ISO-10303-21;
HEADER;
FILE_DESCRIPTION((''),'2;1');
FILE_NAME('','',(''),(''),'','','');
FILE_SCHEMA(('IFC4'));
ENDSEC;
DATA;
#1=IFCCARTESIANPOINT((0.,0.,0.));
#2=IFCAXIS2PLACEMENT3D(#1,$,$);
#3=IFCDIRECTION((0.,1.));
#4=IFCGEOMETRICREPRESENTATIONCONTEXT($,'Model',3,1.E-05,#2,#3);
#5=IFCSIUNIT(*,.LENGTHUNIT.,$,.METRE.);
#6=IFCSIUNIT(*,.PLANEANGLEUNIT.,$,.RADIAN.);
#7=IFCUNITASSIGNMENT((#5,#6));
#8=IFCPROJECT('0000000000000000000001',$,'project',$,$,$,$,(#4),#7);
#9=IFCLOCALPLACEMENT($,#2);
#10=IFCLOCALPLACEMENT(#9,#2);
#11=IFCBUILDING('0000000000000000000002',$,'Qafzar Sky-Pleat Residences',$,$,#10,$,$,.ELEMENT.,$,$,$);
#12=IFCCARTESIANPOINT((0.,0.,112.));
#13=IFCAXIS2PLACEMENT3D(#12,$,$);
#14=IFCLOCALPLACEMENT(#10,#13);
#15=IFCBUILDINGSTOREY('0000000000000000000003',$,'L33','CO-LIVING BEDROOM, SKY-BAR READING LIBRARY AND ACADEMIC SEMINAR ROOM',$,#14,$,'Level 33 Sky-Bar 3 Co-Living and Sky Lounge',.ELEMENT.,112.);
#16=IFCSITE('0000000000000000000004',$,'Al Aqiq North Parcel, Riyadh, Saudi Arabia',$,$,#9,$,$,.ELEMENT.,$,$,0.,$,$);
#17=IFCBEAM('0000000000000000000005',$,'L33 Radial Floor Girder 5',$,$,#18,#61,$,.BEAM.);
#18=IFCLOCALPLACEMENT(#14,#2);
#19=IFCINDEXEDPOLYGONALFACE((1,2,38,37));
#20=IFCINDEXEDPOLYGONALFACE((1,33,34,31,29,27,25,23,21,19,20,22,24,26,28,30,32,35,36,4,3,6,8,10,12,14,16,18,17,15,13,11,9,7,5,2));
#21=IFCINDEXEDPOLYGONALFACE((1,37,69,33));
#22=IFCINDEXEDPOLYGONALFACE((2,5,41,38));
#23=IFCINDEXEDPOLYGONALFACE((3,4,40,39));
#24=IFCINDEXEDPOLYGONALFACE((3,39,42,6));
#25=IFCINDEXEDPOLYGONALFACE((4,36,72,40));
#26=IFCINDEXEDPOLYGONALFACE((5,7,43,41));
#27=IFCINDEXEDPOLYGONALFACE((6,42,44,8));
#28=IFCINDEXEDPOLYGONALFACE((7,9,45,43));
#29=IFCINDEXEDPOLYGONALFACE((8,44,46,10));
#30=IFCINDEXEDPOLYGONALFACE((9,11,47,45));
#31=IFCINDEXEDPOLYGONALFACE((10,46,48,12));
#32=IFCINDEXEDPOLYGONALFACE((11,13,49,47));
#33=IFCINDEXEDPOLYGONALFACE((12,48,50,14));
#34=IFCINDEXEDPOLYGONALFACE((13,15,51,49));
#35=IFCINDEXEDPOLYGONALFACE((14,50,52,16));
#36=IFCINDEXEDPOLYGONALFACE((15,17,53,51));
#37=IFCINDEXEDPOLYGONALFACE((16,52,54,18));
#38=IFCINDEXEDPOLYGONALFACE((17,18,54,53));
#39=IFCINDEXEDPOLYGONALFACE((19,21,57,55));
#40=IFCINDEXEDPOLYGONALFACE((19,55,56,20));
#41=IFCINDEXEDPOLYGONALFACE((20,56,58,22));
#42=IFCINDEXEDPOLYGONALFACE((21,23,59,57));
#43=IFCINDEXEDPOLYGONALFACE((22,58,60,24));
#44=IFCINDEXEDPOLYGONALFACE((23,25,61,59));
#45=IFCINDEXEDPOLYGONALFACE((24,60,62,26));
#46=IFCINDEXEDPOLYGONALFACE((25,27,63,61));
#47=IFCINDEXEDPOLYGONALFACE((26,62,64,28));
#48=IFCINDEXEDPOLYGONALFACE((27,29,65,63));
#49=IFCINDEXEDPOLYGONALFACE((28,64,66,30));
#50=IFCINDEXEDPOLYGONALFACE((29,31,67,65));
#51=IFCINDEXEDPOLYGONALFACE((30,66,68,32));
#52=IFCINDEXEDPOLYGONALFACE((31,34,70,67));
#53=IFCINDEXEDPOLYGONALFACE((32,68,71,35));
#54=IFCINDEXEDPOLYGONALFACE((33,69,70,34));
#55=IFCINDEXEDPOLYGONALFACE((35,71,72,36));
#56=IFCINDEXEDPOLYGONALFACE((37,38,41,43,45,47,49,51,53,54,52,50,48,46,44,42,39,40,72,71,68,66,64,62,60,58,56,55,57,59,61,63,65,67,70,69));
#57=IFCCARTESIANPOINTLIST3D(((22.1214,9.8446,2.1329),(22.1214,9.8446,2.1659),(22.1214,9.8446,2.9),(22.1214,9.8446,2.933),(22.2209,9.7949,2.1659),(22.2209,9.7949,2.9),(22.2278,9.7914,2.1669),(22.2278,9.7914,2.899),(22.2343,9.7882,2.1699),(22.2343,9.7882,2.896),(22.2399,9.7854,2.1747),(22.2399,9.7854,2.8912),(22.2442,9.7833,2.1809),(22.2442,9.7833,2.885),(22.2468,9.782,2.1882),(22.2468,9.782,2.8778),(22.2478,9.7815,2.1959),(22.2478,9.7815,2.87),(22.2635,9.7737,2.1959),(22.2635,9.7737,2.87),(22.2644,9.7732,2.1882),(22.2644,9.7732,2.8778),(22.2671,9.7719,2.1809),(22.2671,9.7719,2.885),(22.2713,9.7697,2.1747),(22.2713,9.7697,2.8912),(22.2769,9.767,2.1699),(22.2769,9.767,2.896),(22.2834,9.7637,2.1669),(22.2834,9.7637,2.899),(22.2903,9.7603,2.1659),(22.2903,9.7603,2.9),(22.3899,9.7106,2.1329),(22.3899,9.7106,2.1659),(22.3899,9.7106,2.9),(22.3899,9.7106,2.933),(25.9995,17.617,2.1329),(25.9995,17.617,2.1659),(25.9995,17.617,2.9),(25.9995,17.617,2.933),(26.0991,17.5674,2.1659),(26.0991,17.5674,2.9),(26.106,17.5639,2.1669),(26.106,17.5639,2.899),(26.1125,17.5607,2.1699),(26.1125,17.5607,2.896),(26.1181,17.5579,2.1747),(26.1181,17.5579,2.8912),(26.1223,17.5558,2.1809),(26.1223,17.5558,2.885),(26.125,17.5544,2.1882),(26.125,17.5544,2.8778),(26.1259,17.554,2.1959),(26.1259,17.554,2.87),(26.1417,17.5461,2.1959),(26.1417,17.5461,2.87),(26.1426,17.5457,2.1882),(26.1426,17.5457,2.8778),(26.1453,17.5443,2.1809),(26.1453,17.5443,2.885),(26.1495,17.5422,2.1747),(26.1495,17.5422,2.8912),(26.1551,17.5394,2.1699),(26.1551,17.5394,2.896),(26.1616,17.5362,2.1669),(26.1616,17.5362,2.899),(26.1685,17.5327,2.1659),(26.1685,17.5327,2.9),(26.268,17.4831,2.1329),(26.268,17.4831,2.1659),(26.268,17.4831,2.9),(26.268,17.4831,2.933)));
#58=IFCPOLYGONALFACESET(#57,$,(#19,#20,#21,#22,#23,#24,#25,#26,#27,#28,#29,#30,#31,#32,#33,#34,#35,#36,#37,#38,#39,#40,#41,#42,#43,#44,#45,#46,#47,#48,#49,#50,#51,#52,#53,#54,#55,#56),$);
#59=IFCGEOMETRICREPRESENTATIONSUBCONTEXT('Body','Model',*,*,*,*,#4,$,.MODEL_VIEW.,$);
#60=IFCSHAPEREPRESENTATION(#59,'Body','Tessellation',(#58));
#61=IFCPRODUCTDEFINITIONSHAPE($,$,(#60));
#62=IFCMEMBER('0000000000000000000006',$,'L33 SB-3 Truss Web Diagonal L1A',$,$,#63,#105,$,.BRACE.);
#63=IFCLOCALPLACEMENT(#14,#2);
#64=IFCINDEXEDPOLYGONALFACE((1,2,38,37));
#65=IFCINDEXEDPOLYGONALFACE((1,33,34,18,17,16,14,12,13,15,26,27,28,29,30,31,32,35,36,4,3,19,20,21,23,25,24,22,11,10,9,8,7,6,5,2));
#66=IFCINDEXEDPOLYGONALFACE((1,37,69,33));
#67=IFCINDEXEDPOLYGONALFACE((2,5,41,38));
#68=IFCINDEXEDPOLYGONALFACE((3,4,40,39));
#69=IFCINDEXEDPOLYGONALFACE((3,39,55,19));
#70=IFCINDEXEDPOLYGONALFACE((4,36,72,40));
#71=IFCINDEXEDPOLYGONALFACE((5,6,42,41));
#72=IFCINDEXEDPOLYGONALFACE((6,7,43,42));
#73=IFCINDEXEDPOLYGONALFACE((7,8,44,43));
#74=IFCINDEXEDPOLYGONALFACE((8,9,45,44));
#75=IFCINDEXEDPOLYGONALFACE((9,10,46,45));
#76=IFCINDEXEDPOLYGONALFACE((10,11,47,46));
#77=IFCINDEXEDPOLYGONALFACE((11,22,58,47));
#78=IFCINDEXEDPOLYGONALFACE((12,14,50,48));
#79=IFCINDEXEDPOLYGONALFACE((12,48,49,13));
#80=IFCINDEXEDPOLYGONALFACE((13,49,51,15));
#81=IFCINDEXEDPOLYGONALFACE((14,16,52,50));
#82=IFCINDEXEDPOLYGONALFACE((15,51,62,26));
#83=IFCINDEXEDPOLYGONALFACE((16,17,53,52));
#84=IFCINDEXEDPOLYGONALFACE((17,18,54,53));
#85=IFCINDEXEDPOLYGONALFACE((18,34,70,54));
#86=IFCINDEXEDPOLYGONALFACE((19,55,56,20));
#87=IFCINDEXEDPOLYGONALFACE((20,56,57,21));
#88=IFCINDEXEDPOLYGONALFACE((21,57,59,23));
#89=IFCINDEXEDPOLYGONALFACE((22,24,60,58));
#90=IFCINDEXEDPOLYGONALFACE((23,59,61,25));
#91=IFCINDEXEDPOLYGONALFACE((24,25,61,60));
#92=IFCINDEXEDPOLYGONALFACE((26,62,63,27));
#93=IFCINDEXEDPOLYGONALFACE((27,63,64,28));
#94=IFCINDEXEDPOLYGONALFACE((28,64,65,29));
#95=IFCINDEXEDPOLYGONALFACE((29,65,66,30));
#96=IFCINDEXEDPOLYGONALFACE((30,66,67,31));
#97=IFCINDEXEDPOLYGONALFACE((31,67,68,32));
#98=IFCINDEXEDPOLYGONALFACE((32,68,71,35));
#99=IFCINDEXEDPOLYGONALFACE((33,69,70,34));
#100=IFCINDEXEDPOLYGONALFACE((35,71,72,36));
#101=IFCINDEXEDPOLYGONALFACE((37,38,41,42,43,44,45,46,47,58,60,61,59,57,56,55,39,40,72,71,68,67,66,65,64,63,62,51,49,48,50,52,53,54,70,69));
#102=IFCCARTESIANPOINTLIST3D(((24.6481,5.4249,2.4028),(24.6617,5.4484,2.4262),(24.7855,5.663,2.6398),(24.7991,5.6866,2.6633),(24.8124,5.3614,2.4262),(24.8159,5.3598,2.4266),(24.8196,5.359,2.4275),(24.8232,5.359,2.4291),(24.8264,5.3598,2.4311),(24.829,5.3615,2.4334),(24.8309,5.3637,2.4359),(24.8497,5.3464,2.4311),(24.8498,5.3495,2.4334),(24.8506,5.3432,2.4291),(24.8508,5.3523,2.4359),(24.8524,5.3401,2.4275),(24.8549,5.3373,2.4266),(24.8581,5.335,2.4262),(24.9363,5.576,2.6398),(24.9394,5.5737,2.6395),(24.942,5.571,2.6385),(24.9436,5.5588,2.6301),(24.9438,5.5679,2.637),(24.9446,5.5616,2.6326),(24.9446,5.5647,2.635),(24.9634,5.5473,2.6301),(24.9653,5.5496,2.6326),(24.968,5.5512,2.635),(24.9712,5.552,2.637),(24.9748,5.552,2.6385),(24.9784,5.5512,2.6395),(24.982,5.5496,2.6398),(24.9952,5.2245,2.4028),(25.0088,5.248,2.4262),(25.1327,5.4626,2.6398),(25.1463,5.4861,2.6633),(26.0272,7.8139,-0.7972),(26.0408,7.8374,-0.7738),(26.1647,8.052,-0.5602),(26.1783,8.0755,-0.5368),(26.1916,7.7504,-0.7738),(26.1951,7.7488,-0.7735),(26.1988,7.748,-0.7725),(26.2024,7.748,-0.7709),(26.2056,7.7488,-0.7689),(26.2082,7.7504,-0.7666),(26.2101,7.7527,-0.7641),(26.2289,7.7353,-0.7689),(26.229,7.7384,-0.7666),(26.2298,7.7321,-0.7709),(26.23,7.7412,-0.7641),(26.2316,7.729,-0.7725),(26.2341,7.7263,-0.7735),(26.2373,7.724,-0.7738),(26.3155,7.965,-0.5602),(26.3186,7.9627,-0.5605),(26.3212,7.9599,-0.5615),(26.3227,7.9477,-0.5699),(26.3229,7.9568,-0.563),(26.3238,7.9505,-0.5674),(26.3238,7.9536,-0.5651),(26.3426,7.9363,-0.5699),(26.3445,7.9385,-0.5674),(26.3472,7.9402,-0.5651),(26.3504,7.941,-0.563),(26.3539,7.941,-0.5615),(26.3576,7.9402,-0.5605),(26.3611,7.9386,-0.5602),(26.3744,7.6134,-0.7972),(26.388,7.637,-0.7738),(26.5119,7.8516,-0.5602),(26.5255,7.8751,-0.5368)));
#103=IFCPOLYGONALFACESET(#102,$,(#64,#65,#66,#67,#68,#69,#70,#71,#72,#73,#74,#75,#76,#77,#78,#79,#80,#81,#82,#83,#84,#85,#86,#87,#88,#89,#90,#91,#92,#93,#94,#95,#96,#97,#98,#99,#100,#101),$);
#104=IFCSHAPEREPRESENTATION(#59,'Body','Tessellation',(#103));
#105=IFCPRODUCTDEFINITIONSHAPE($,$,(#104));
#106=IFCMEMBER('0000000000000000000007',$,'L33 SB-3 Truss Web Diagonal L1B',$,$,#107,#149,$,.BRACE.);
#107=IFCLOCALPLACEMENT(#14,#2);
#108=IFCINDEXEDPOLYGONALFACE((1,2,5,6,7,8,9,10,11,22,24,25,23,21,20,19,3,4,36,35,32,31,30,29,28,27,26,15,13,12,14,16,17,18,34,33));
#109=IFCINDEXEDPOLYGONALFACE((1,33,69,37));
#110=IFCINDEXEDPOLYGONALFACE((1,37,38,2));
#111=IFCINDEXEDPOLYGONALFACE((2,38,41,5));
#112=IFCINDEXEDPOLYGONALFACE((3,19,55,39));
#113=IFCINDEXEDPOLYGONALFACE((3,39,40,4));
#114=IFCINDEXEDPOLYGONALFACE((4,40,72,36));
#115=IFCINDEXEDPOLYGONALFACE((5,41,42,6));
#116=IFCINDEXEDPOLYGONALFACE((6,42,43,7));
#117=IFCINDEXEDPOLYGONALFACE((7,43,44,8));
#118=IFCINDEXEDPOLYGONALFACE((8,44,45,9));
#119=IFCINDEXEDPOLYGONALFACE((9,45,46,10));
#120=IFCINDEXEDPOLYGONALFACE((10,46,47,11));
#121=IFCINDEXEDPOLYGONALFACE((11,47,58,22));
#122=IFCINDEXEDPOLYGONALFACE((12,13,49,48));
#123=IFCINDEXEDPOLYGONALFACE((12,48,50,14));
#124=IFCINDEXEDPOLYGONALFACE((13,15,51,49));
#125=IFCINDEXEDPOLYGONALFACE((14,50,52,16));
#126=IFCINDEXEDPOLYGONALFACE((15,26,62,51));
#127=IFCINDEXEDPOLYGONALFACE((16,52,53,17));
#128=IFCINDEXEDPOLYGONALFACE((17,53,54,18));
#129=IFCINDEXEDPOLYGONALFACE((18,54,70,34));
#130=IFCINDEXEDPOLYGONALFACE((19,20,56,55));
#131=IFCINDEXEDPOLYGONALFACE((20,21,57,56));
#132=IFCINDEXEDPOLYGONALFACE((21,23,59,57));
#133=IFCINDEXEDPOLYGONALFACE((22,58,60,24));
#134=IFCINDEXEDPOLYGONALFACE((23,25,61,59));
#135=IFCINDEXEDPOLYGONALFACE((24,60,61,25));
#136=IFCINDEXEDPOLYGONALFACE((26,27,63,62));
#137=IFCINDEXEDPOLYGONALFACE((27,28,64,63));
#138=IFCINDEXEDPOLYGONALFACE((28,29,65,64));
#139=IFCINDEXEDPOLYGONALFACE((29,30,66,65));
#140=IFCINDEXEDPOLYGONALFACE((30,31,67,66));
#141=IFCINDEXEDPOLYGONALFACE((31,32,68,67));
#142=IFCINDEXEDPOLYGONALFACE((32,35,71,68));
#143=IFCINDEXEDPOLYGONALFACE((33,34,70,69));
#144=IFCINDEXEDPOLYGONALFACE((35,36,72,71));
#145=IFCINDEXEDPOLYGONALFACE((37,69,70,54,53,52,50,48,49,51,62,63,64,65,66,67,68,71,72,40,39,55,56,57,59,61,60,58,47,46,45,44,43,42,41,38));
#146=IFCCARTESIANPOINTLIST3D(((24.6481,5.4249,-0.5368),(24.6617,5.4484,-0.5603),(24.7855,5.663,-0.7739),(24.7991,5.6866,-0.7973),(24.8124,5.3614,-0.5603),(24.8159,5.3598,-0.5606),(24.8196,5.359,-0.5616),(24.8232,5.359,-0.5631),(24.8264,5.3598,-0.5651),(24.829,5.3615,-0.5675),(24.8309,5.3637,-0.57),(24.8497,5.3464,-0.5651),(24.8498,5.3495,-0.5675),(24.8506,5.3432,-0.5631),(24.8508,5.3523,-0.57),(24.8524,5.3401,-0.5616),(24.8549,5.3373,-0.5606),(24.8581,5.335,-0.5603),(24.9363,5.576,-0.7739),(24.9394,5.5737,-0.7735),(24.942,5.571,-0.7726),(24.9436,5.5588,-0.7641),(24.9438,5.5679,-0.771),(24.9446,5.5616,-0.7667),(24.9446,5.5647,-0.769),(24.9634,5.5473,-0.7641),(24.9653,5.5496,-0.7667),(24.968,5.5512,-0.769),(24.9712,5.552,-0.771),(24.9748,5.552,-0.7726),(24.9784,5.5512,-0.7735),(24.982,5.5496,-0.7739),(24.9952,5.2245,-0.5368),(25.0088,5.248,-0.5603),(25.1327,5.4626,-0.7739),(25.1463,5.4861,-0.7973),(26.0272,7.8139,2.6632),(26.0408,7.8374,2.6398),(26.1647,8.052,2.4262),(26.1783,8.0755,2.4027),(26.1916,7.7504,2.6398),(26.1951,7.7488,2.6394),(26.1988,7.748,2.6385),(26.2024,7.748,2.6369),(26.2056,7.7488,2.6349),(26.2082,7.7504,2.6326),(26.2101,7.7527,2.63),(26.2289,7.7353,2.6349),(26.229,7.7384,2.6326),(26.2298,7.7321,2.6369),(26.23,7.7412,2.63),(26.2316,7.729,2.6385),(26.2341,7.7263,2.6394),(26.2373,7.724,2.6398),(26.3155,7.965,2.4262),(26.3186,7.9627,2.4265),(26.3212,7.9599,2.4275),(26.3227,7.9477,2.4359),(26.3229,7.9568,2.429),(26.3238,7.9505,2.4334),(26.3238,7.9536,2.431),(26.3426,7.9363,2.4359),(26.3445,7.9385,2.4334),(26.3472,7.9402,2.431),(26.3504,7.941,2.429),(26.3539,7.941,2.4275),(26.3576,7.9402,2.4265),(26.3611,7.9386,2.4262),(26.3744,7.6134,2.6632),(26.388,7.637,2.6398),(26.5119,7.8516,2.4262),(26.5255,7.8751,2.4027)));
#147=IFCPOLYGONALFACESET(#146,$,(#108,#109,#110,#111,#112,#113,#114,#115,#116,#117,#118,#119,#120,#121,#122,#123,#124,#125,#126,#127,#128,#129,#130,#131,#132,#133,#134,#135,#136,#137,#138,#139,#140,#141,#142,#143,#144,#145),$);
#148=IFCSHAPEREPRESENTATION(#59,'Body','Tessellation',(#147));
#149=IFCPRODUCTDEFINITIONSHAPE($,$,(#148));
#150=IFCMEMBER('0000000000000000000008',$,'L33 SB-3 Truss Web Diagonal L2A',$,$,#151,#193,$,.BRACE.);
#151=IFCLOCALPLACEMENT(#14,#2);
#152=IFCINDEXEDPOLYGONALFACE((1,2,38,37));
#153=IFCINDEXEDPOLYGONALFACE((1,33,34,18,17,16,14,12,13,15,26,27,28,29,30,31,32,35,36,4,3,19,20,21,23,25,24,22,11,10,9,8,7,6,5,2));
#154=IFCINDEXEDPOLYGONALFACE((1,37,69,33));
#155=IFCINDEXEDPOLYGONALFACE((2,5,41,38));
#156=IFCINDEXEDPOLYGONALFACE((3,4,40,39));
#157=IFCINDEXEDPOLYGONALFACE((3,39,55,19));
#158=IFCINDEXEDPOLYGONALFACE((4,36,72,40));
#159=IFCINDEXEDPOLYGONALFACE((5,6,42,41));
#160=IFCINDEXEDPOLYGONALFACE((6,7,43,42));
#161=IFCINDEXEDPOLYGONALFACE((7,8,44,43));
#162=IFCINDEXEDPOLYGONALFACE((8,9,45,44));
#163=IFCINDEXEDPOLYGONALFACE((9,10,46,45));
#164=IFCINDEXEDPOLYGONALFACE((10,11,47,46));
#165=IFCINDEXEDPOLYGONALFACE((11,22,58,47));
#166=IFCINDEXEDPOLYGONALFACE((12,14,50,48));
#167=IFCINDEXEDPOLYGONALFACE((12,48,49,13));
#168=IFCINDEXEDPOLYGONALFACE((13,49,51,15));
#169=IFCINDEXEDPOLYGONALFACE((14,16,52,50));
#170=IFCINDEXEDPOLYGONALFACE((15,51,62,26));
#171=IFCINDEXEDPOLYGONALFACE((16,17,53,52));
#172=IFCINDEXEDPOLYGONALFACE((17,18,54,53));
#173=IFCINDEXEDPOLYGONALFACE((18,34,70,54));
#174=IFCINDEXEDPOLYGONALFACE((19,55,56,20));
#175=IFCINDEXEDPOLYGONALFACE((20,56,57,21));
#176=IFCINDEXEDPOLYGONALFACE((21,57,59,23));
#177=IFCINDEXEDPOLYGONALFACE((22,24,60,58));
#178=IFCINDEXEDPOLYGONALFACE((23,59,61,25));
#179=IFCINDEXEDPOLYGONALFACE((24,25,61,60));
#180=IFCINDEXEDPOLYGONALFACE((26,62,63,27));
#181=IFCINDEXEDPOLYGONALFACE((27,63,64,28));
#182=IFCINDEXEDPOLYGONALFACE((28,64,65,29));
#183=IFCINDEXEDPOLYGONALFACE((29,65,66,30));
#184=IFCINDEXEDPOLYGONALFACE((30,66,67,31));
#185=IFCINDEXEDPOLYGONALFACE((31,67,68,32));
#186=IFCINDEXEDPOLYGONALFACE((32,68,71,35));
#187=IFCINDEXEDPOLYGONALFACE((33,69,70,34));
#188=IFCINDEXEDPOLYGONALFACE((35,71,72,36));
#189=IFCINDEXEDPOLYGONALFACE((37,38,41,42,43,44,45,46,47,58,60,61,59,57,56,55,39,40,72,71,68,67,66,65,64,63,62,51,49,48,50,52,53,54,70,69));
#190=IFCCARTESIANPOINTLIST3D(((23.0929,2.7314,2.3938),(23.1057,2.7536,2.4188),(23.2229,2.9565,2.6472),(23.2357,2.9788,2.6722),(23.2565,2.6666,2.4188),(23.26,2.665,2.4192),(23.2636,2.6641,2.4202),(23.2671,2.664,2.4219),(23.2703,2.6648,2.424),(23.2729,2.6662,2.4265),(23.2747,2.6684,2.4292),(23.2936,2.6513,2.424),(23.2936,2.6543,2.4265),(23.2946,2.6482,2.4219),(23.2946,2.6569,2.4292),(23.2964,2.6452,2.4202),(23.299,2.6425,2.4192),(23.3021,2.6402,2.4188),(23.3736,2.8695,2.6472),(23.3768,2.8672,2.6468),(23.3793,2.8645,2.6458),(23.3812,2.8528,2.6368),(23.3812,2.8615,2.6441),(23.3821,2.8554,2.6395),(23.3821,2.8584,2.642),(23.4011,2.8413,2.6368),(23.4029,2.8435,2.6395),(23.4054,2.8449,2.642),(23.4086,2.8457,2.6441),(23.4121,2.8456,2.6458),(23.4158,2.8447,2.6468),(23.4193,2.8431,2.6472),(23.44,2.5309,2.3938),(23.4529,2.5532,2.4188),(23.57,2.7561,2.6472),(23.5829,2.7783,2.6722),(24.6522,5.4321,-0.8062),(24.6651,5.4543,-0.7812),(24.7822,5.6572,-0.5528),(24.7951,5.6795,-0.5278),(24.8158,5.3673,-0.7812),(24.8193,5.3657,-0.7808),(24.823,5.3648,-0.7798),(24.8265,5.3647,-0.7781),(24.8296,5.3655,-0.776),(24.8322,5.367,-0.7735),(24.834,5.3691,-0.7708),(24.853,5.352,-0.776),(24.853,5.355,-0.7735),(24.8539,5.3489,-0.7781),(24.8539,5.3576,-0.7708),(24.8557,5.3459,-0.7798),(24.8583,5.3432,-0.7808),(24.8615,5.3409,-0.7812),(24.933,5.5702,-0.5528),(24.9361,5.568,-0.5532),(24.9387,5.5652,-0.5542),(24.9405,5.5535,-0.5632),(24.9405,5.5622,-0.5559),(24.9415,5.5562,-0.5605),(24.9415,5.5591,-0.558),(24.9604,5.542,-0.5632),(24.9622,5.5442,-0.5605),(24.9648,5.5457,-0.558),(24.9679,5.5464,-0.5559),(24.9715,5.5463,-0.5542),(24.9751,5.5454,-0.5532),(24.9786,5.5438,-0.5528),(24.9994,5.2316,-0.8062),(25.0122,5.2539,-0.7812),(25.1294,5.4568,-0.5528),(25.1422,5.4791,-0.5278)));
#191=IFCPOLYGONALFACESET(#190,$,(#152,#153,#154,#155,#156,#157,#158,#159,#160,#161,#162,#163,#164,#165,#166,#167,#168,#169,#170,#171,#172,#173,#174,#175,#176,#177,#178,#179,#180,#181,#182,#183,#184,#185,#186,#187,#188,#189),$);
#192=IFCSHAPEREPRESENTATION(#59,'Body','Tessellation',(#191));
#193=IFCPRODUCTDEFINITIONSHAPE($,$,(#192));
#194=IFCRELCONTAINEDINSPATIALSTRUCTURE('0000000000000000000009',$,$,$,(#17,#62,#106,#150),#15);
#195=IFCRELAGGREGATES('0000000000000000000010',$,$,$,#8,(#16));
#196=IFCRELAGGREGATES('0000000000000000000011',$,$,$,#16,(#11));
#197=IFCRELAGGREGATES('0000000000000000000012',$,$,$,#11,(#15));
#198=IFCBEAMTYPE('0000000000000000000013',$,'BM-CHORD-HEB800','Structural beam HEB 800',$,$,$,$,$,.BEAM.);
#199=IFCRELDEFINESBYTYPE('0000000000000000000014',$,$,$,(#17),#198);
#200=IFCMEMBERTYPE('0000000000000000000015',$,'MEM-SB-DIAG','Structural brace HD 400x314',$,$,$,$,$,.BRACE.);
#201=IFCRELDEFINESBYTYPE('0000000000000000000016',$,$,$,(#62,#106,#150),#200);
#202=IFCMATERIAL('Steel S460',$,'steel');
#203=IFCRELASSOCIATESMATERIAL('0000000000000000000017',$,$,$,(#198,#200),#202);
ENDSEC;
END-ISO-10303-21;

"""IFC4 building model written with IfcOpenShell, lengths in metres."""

from ifc_helpers import new_model, si_unit, direction, frame, origin, origin_2d, place, context, subcontext, project, spatial, i_section, extrude, source, transform, mapped, material, material_profile, profile_set, type_object, element, save


model = new_model("IFC4")

# Units and contexts
model_context = context("Model", 3, precision=1e-05, world=origin(), true_north=direction((0.0, 1.0)))
body_context = subcontext(model_context, "Body", "Model", "MODEL_VIEW")
ifc_project = project(units=[si_unit("LENGTHUNIT", "METRE"), si_unit("PLANEANGLEUNIT", "RADIAN")], contexts=[model_context])

# Site, building, storey
site_placement = place(None, origin())
site = spatial("IfcSite", under=ifc_project, at=site_placement, Name="Al Aqiq North Parcel, Riyadh, Saudi Arabia", CompositionType="ELEMENT", RefElevation=0.0)
building_placement = place(site_placement, origin())
building = spatial("IfcBuilding", under=site, at=building_placement, Name="Qafzar Sky-Pleat Residences", CompositionType="ELEMENT")
storey_placement = place(building_placement, frame((0.0, 0.0, 112.0)))
storey = spatial("IfcBuildingStorey", under=building, at=storey_placement, Name="L33", Description="CO-LIVING BEDROOM, SKY-BAR READING LIBRARY AND ACADEMIC SEMINAR ROOM", LongName="Level 33 Sky-Bar 3 Co-Living and Sky Lounge", CompositionType="ELEMENT", Elevation=112.0)

# Shared definitions
ifc_material_1 = material(Name="Steel S460", Category="steel")

# Beam
ifc_material_profile_1 = material_profile(ifc_material_1, i_section(OverallWidth=0.3, OverallDepth=0.8, WebThickness=0.0176, FlangeThickness=0.033, FilletRadius=0.03, at=origin_2d()), Name="HEB 800")
ifc_profile_set_1 = profile_set([ifc_material_profile_1], Name="Steel S460")
beam_type_1 = type_object("IfcBeamType", Name="BM-CHORD-HEB800", Description="Structural beam HEB 800", PredefinedType="BEAM", material=ifc_profile_set_1)
shared_shape_1 = source(origin(), body_context, "Body", "SweptSolid", [
    extrude(i_section(OverallWidth=0.3, OverallDepth=0.8, WebThickness=0.0176, FlangeThickness=0.033, FilletRadius=0.03, at=origin_2d()), origin(), (0.0, 0.0, 1.0), 8.6863),
])
beam_1_placement = place(storey_placement, frame((22.2556, 9.7776, 2.533), z_axis=(0.446471, 0.894798, 0.0), x_axis=(-0.894798, 0.446471, 0.0)))
element("IfcBeam", 1, at=beam_1_placement, inside=storey, type_object=beam_type_1, Name="L33 Radial Floor Girder 5", PredefinedType="BEAM", context=body_context, shape_type="MappedRepresentation", body=[
    mapped(shared_shape_1, transform((0.0, 0.0, 0.0), x_axis=(1.0, 0.0, 0.0), y_axis=(0.0, 1.0, 0.0), z_axis=(0.0, 0.0, 1.0), scale=1.0)),
])

# Members
ifc_material_profile_2 = material_profile(ifc_material_1, i_section(OverallWidth=0.4009, OverallDepth=0.3989, WebThickness=0.0229, FlangeThickness=0.0359, FilletRadius=0.0149, at=origin_2d()), Name="HD 400x314")
ifc_profile_set_2 = profile_set([ifc_material_profile_2], Name="Steel S460")
member_type = type_object("IfcMemberType", Name="MEM-SB-DIAG", Description="Structural brace HD 400x314", PredefinedType="BRACE", material=ifc_profile_set_2)
shared_shape_2 = source(origin(), body_context, "Body", "SweptSolid", [
    extrude(i_section(OverallWidth=0.4009, OverallDepth=0.3989, WebThickness=0.0229, FlangeThickness=0.0359, FilletRadius=0.0149, at=origin_2d()), origin(), (0.0, 0.0, 1.0), 4.2249),
])
for number, where, z_axis, x_axis, name in (
    (2, (26.2764, 7.8445, -0.667), (-0.326444, -0.565455, 0.757427), (0.86604, -0.499975, 0.0), "L33 SB-3 Truss Web Diagonal L1A"),
    (3, (26.2764, 7.8445, 2.533), (-0.326444, -0.565455, -0.757427), (0.86604, -0.499975, 0.0), "L33 SB-3 Truss Web Diagonal L1B"),
):
    element("IfcMember", number, at=place(storey_placement, frame(where, z_axis=z_axis, x_axis=x_axis)), inside=storey, type_object=member_type, Name=name, PredefinedType="BRACE", context=body_context, shape_type="MappedRepresentation", body=[
        mapped(shared_shape_2, transform((0.0, 0.0, 0.0), x_axis=(1.0, 0.0, 0.0), y_axis=(0.0, 1.0, 0.0), z_axis=(0.0, 0.0, 1.0), scale=1.0)),
    ])
shared_shape_3 = source(origin(), body_context, "Body", "SweptSolid", [
    extrude(i_section(OverallWidth=0.4009, OverallDepth=0.3989, WebThickness=0.0229, FlangeThickness=0.0359, FilletRadius=0.0149, at=origin_2d()), origin(), (0.0, 0.0, 1.0), 4.4683),
])
for number, where, z_axis, x_axis, name in (
    (4, (24.8972, 5.4556, -0.667), (-0.348982, -0.604422, 0.71616), (0.866013, -0.500021, 0.0), "L33 SB-3 Truss Web Diagonal L2A"),
):
    element("IfcMember", number, at=place(storey_placement, frame(where, z_axis=z_axis, x_axis=x_axis)), inside=storey, type_object=member_type, Name=name, PredefinedType="BRACE", context=body_context, shape_type="MappedRepresentation", body=[
        mapped(shared_shape_3, transform((0.0, 0.0, 0.0), x_axis=(1.0, 0.0, 0.0), y_axis=(0.0, 1.0, 0.0), z_axis=(0.0, 0.0, 1.0), scale=1.0)),
    ])

save(model, "model.ifc")
